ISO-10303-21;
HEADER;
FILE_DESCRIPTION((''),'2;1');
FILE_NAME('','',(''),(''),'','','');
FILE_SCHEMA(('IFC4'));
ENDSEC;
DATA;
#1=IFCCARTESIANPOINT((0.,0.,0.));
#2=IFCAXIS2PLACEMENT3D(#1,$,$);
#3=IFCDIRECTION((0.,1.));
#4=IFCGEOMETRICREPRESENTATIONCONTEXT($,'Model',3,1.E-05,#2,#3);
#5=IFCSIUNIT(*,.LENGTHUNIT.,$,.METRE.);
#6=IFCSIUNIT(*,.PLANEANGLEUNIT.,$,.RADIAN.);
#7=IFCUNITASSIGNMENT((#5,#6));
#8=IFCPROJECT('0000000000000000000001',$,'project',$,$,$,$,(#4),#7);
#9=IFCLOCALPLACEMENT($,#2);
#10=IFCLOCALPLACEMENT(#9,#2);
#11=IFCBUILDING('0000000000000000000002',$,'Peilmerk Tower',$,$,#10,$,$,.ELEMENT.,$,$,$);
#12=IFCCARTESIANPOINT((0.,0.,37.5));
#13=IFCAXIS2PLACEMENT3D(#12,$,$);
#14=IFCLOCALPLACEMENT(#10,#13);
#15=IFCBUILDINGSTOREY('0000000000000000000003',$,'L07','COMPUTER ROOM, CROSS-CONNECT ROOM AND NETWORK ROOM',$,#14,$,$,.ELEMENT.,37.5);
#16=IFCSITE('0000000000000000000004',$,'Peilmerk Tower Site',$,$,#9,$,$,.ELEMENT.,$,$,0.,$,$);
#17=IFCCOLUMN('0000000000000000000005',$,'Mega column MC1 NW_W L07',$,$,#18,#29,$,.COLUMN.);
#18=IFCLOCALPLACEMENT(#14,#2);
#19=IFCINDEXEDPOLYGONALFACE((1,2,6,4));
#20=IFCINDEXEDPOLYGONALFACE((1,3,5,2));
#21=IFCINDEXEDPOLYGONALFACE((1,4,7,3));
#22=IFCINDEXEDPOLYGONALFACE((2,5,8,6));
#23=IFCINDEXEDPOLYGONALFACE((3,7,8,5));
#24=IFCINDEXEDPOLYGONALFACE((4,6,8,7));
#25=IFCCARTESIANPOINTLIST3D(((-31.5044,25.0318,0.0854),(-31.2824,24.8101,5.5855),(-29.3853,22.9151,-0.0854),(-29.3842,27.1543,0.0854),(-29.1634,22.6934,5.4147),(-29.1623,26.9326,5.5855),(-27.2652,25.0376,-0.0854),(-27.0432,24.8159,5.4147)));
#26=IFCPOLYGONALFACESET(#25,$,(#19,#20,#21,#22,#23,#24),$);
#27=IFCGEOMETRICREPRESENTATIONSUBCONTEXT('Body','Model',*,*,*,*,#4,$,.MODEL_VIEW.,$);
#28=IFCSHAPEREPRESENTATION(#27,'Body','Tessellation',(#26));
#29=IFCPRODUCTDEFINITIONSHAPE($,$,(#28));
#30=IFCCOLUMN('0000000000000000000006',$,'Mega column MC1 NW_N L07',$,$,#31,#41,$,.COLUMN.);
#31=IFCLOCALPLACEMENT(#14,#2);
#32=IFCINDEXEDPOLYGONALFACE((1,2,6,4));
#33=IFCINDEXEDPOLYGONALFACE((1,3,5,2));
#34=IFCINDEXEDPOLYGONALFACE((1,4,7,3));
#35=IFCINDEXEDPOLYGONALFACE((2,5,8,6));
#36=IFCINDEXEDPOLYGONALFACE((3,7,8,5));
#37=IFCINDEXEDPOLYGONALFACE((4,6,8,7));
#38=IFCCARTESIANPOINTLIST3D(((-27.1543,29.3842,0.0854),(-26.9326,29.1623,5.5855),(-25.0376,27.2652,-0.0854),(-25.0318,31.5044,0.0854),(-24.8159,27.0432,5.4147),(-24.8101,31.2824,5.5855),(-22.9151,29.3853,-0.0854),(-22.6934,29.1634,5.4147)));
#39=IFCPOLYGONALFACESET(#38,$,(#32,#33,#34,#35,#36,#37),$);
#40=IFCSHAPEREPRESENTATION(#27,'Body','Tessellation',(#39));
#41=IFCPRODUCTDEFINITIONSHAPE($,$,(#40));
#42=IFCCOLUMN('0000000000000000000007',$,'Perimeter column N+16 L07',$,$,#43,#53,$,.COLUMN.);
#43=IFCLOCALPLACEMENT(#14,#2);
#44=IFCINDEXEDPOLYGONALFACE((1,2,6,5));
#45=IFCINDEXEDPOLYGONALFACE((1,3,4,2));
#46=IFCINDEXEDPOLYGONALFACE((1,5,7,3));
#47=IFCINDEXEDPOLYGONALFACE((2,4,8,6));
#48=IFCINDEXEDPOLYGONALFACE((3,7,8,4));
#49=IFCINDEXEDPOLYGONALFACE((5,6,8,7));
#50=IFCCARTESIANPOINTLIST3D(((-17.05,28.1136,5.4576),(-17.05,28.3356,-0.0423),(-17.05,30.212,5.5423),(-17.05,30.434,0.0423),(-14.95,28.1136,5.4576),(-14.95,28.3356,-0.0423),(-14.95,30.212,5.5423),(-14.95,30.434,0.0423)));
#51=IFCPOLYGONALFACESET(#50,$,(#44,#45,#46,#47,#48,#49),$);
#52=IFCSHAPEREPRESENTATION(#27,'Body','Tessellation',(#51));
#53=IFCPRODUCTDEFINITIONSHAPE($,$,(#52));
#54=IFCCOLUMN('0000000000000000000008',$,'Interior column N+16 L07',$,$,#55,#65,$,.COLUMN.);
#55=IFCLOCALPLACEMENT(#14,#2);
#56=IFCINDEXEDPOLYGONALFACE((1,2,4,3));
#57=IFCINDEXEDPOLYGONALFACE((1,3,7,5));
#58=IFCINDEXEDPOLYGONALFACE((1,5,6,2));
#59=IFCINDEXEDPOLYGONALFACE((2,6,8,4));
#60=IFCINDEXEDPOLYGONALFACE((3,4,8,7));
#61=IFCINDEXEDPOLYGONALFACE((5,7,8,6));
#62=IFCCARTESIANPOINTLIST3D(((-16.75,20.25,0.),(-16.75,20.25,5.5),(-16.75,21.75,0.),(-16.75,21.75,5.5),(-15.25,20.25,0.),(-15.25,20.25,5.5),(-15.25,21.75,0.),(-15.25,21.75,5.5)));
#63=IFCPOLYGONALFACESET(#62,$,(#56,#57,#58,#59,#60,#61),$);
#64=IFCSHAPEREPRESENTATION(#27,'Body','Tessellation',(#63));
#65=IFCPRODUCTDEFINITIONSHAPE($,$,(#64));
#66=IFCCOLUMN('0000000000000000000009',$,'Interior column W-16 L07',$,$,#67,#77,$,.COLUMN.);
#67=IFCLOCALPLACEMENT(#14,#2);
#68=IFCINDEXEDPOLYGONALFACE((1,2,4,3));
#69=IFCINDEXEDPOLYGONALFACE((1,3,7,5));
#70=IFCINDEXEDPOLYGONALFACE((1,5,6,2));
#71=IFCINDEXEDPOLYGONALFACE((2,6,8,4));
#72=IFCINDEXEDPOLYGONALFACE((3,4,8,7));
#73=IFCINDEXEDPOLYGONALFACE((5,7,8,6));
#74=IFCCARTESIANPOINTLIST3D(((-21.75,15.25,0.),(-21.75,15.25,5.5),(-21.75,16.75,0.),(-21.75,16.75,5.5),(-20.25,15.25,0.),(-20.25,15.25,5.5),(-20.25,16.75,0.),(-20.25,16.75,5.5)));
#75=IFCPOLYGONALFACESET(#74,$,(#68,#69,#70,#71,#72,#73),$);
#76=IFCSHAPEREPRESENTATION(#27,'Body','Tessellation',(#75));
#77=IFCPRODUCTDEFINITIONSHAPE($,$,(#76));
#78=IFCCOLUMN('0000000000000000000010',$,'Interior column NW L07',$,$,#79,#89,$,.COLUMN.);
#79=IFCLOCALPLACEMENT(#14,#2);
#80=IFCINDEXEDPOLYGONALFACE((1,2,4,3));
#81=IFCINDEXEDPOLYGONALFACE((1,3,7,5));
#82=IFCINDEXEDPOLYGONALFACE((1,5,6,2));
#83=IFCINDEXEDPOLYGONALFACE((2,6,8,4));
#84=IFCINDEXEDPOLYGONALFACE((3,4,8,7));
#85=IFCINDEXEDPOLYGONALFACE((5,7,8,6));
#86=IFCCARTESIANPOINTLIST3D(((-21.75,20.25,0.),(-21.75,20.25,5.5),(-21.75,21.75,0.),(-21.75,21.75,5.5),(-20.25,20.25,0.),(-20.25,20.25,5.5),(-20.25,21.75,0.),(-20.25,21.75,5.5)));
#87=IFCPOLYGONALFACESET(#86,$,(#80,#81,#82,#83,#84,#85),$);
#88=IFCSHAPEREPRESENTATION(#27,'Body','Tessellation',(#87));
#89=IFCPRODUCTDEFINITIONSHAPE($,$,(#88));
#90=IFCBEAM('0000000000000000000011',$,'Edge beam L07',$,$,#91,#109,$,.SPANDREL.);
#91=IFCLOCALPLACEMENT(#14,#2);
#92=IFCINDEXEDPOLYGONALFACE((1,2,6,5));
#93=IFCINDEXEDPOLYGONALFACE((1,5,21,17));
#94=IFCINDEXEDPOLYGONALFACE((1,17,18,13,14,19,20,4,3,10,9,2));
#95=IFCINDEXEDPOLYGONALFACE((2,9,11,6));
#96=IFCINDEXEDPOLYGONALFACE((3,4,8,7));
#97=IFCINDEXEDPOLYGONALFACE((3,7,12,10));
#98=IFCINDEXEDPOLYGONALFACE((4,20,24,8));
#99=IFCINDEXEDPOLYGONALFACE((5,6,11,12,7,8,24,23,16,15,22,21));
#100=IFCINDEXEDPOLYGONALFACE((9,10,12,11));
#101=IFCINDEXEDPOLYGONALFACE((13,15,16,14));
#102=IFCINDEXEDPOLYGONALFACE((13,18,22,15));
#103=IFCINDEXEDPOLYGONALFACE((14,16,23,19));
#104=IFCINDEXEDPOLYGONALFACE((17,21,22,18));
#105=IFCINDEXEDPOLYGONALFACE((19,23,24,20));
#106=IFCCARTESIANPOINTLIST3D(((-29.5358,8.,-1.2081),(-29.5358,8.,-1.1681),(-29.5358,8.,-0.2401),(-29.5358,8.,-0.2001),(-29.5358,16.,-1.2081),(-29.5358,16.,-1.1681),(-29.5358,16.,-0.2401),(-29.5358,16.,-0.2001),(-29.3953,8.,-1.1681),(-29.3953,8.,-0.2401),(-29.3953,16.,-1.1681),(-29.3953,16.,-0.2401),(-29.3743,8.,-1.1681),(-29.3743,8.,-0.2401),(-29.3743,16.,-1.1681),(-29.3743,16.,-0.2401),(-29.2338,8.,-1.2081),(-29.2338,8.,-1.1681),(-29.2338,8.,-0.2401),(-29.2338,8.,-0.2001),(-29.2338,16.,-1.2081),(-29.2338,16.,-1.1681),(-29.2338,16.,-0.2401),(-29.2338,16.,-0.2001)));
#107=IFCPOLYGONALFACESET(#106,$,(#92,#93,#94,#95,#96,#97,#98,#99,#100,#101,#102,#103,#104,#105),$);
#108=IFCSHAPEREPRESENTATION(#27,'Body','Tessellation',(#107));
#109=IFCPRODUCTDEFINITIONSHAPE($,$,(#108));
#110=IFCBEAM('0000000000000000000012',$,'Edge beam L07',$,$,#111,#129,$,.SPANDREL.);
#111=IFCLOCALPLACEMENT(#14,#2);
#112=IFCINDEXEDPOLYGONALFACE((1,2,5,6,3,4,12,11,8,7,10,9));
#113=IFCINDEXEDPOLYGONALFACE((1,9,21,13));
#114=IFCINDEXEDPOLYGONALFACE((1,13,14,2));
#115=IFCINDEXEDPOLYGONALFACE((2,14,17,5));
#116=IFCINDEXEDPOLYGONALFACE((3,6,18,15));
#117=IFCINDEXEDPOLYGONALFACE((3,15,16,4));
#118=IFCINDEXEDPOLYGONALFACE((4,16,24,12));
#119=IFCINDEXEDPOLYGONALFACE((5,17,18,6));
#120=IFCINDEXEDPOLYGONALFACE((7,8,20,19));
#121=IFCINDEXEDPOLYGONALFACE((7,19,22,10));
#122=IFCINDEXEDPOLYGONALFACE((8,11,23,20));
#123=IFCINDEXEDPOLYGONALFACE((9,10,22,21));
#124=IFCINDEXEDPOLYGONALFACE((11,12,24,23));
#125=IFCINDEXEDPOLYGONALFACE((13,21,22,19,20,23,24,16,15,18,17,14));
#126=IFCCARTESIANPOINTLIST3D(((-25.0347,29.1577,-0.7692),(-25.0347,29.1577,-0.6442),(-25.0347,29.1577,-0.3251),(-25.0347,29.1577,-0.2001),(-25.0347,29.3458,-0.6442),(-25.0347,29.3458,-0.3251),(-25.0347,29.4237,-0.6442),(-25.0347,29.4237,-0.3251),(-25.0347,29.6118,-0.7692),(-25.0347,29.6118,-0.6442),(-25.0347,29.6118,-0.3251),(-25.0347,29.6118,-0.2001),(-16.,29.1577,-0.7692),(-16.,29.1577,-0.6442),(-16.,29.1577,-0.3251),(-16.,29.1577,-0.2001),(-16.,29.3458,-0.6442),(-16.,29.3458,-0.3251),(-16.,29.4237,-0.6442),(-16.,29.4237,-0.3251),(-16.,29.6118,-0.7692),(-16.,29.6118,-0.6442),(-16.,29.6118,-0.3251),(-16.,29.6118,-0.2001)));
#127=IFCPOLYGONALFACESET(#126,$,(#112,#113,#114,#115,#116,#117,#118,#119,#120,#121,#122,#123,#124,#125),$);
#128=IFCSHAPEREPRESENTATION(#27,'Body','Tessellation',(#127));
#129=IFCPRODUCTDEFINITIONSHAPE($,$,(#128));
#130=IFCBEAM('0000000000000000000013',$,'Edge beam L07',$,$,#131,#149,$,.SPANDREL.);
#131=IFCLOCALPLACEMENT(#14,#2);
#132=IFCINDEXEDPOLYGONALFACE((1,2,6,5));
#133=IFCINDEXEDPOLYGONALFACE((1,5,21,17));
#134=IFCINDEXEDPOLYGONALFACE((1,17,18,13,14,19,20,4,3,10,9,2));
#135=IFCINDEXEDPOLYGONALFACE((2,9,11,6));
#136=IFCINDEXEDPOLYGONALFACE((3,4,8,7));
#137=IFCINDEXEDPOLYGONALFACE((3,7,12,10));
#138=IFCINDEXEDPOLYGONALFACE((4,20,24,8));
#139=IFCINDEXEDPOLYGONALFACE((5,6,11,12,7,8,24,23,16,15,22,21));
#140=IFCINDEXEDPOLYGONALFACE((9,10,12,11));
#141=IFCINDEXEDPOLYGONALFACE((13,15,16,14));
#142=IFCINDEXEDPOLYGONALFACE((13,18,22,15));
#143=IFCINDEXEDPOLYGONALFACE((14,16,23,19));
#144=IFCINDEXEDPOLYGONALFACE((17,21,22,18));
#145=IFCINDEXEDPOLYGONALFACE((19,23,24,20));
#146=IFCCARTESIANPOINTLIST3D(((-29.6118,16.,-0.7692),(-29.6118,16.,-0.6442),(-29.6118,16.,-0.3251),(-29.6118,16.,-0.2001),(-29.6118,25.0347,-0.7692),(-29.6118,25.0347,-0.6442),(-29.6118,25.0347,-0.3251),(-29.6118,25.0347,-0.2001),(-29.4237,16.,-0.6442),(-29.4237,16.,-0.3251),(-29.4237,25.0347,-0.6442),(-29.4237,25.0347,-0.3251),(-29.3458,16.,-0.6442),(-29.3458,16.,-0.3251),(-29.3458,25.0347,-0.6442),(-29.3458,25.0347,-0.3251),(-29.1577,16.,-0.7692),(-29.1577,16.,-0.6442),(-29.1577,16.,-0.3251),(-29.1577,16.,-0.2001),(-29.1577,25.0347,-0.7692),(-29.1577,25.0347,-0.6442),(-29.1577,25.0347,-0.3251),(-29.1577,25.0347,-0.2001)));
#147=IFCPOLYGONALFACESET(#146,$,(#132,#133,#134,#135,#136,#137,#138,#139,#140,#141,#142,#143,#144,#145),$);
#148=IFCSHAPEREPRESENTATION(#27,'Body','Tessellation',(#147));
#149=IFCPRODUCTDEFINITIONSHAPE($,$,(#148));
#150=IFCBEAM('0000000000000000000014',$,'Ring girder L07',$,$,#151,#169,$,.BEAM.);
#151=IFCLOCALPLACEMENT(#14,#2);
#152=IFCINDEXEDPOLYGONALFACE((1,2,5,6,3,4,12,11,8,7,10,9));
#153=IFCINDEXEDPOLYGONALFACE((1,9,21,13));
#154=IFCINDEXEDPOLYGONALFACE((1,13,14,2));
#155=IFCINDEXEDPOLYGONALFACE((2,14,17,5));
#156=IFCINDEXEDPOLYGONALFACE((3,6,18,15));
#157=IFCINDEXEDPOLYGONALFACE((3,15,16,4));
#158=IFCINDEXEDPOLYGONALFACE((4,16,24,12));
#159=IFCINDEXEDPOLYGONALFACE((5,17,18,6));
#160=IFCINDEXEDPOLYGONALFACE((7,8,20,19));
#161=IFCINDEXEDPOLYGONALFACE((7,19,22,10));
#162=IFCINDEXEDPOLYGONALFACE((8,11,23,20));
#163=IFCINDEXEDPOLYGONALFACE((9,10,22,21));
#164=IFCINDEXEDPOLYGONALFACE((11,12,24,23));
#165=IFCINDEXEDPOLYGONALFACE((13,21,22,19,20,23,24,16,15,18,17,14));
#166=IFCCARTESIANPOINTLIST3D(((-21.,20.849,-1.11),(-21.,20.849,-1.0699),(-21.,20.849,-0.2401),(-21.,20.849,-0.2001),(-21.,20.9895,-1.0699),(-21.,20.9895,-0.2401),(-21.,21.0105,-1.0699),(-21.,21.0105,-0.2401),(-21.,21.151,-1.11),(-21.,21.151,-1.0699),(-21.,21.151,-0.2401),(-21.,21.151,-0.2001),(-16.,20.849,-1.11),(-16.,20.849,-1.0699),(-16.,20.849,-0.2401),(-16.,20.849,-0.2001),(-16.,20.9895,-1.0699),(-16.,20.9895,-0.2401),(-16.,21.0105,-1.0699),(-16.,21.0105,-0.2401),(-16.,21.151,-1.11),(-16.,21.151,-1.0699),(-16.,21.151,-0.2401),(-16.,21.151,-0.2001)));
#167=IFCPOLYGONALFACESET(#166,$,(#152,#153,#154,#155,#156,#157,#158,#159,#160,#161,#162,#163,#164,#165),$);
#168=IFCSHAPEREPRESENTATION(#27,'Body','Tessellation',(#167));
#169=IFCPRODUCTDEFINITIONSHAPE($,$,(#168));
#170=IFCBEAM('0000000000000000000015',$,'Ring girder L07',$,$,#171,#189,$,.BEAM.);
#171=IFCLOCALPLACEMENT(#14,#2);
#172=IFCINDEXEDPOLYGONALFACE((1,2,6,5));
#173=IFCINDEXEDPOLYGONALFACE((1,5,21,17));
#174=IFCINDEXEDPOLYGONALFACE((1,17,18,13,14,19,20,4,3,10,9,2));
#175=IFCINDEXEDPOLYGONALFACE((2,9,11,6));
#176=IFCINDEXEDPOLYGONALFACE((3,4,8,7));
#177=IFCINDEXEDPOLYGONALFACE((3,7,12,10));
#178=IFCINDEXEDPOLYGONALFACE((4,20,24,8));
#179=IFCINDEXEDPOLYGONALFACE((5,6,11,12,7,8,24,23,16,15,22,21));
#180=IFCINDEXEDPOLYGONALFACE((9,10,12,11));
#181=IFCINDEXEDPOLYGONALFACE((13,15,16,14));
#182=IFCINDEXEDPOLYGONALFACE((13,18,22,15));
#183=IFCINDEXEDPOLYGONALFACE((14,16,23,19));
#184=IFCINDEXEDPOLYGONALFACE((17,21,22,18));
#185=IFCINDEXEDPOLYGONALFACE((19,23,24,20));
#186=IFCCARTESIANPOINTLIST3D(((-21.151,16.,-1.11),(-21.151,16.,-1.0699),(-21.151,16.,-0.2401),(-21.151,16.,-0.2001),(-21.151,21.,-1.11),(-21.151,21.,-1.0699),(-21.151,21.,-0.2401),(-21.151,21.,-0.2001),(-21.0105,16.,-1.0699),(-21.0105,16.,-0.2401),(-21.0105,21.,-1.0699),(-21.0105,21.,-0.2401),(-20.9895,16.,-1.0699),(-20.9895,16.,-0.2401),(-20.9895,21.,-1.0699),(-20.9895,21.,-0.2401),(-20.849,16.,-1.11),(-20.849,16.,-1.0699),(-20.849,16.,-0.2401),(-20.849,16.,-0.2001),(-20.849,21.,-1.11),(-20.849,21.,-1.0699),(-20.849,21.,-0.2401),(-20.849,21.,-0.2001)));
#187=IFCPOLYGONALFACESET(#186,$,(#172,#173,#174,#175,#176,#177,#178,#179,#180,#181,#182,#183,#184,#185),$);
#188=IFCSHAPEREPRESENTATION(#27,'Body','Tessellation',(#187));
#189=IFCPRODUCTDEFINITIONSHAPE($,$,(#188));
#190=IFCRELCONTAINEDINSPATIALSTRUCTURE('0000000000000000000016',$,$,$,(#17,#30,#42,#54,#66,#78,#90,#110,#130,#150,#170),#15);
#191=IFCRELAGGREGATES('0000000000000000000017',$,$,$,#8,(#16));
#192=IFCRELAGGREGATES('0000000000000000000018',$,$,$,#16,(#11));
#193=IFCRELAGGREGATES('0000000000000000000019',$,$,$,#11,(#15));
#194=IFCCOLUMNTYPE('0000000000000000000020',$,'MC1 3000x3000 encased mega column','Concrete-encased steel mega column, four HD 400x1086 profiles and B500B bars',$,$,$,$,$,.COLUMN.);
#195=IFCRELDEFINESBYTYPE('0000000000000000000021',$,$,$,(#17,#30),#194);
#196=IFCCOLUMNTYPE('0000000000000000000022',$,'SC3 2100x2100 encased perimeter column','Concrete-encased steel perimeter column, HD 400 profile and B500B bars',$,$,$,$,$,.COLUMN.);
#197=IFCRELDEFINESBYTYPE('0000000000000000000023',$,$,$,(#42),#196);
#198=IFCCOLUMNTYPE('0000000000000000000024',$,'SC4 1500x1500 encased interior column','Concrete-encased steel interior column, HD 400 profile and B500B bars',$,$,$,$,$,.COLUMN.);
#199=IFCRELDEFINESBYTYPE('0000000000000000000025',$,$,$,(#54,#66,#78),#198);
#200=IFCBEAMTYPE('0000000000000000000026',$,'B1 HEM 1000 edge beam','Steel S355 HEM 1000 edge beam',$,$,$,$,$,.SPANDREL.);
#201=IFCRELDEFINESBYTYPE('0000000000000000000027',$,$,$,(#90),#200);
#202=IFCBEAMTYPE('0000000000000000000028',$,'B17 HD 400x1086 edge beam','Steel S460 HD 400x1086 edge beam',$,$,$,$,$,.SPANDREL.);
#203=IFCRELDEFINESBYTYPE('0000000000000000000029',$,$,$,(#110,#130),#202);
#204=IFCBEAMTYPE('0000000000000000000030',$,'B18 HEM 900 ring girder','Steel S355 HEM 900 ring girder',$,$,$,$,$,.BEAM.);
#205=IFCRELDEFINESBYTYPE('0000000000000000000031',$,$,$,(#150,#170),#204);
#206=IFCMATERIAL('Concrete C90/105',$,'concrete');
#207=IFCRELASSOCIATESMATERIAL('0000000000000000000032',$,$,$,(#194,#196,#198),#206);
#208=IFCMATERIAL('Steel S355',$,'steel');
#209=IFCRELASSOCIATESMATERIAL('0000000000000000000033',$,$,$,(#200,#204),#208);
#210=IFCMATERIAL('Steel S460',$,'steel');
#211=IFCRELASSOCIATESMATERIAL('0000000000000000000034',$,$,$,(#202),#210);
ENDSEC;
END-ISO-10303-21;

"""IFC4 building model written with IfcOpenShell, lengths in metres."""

from ifc_helpers import new_model, si_unit, direction, frame, origin, origin_2d, place, context, subcontext, project, spatial, rectangle, i_section, extrude, material, material_profile, profile_set, type_object, element, save


model = new_model("IFC4")

# Units and contexts
model_context = context("Model", 3, precision=1e-05, world=origin(), true_north=direction((0.0, 1.0)))
body_context = subcontext(model_context, "Body", "Model", "MODEL_VIEW")
ifc_project = project(units=[si_unit("LENGTHUNIT", "METRE"), si_unit("PLANEANGLEUNIT", "RADIAN")], contexts=[model_context])

# Site, building, storey
site_placement = place(None, origin())
site = spatial("IfcSite", under=ifc_project, at=site_placement, Name="Peilmerk Tower Site", CompositionType="ELEMENT", RefElevation=0.0)
building_placement = place(site_placement, origin())
building = spatial("IfcBuilding", under=site, at=building_placement, Name="Peilmerk Tower", CompositionType="ELEMENT")
storey_placement = place(building_placement, frame((0.0, 0.0, 37.5)))
storey = spatial("IfcBuildingStorey", under=building, at=storey_placement, Name="L07", Description="COMPUTER ROOM, CROSS-CONNECT ROOM AND NETWORK ROOM", CompositionType="ELEMENT", Elevation=37.5)

# Columns
ifc_material_1 = material(Name="Concrete C90/105", Category="concrete")
ifc_material_profile_1 = material_profile(ifc_material_1, rectangle(XDim=3.0, YDim=3.0, at=origin_2d()), Name="RC 3000x3000")
ifc_profile_set_1 = profile_set([ifc_material_profile_1], Name="Concrete C90/105")
column_type_1 = type_object("IfcColumnType", Name="MC1 3000x3000 encased mega column", Description="Concrete-encased steel mega column, four HD 400x1086 profiles and B500B bars", PredefinedType="COLUMN", material=ifc_profile_set_1)
for number, where, z_axis, x_axis, name in (
    (1, (-29.3848, 25.0347, 0.0), (0.040284, -0.04024, 0.998378), (0.706718, 0.707496, 0.0), "Mega column MC1 NW_W L07"),
    (2, (-25.0347, 29.3848, 0.0), (0.04024, -0.040284, 0.998378), (0.707496, 0.706718, 0.0), "Mega column MC1 NW_N L07"),
):
    element("IfcColumn", number, at=place(storey_placement, frame(where, z_axis=z_axis, x_axis=x_axis)), inside=storey, type_object=column_type_1, Name=name, PredefinedType="COLUMN", context=body_context, shape_type="SweptSolid", body=[
        extrude(rectangle(XDim=3.0, YDim=3.0, at=origin_2d()), origin(), (0.0, 0.0, 1.0), 5.509),
    ])
ifc_material_profile_2 = material_profile(ifc_material_1, rectangle(XDim=2.1001, YDim=2.1001, at=origin_2d()), Name="RC 2100x2100")
ifc_profile_set_2 = profile_set([ifc_material_profile_2], Name="Concrete C90/105")
column_type_2 = type_object("IfcColumnType", Name="SC3 2100x2100 encased perimeter column", Description="Concrete-encased steel perimeter column, HD 400 profile and B500B bars", PredefinedType="COLUMN", material=ifc_profile_set_2)
column_placement = place(storey_placement, frame((-16.0, 29.3848, 0.0), z_axis=(0.0, -0.040317, 0.999187), x_axis=(1.0, 0.0, 0.0)))
element("IfcColumn", 3, at=column_placement, inside=storey, type_object=column_type_2, Name="Perimeter column N+16 L07", PredefinedType="COLUMN", context=body_context, shape_type="SweptSolid", body=[
    extrude(rectangle(XDim=2.1001, YDim=2.1001, at=origin_2d()), origin(), (0.0, 0.0, 1.0), 5.5044),
])
ifc_material_profile_3 = material_profile(ifc_material_1, rectangle(XDim=1.5, YDim=1.5, at=origin_2d()), Name="RC 1500x1500")
ifc_profile_set_3 = profile_set([ifc_material_profile_3], Name="Concrete C90/105")
column_type_3 = type_object("IfcColumnType", Name="SC4 1500x1500 encased interior column", Description="Concrete-encased steel interior column, HD 400 profile and B500B bars", PredefinedType="COLUMN", material=ifc_profile_set_3)
for number, where, z_axis, x_axis, name in (
    (4, (-16.0, 21.0, 0.0), (0.0, 0.0, 1.0), (1.0, 0.0, 0.0), "Interior column N+16 L07"),
    (5, (-21.0, 16.0, 0.0), (0.0, 0.0, 1.0), (1.0, 0.0, 0.0), "Interior column W-16 L07"),
    (6, (-21.0, 21.0, 0.0), (0.0, 0.0, 1.0), (1.0, 0.0, 0.0), "Interior column NW L07"),
):
    element("IfcColumn", number, at=place(storey_placement, frame(where, z_axis=z_axis, x_axis=x_axis)), inside=storey, type_object=column_type_3, Name=name, PredefinedType="COLUMN", context=body_context, shape_type="SweptSolid", body=[
        extrude(rectangle(XDim=1.5, YDim=1.5, at=origin_2d()), origin(), (0.0, 0.0, 1.0), 5.5),
    ])

# Beams
ifc_material_2 = material(Name="Steel S355", Category="steel")
ifc_material_profile_4 = material_profile(ifc_material_2, i_section(OverallWidth=0.302, OverallDepth=1.0081, WebThickness=0.021, FlangeThickness=0.04, at=origin_2d()), Name="HEM 1000")
ifc_profile_set_4 = profile_set([ifc_material_profile_4], Name="Steel S355")
beam_type_1 = type_object("IfcBeamType", Name="B1 HEM 1000 edge beam", Description="Steel S355 HEM 1000 edge beam", PredefinedType="SPANDREL", material=ifc_profile_set_4)
beam_1_placement = place(storey_placement, frame((-29.3848, 16.0, -0.7041), z_axis=(0.0, -1.0, 0.0), x_axis=(1.0, 0.0, 0.0)))
element("IfcBeam", 7, at=beam_1_placement, inside=storey, type_object=beam_type_1, Name="Edge beam L07", PredefinedType="SPANDREL", context=body_context, shape_type="SweptSolid", body=[
    extrude(i_section(OverallWidth=0.302, OverallDepth=1.0081, WebThickness=0.021, FlangeThickness=0.04, at=origin_2d()), origin(), (0.0, 0.0, 1.0), 8.0),
])
ifc_material_3 = material(Name="Steel S460", Category="steel")
ifc_material_profile_5 = material_profile(ifc_material_3, i_section(OverallWidth=0.4541, OverallDepth=0.5691, WebThickness=0.0779, FlangeThickness=0.125, at=origin_2d()), Name="HD 400x1086")
ifc_profile_set_5 = profile_set([ifc_material_profile_5], Name="Steel S460")
beam_type_2 = type_object("IfcBeamType", Name="B17 HD 400x1086 edge beam", Description="Steel S460 HD 400x1086 edge beam", PredefinedType="SPANDREL", material=ifc_profile_set_5)
for number, where, z_axis, x_axis, name in (
    (8, (-16.0, 29.3848, -0.4846), (-1.0, 0.0, 0.0), (0.0, -1.0, 0.0), "Edge beam L07"),
    (9, (-29.3848, 25.0347, -0.4846), (0.0, -1.0, 0.0), (1.0, 0.0, 0.0), "Edge beam L07"),
):
    element("IfcBeam", number, at=place(storey_placement, frame(where, z_axis=z_axis, x_axis=x_axis)), inside=storey, type_object=beam_type_2, Name=name, PredefinedType="SPANDREL", context=body_context, shape_type="SweptSolid", body=[
        extrude(i_section(OverallWidth=0.4541, OverallDepth=0.5691, WebThickness=0.0779, FlangeThickness=0.125, at=origin_2d()), origin(), (0.0, 0.0, 1.0), 9.0347),
    ])
ifc_material_profile_6 = material_profile(ifc_material_2, i_section(OverallWidth=0.302, OverallDepth=0.9099, WebThickness=0.021, FlangeThickness=0.04, at=origin_2d()), Name="HEM 900")
ifc_profile_set_6 = profile_set([ifc_material_profile_6], Name="Steel S355")
beam_type_3 = type_object("IfcBeamType", Name="B18 HEM 900 ring girder", Description="Steel S355 HEM 900 ring girder", PredefinedType="BEAM", material=ifc_profile_set_6)
for number, where, z_axis, x_axis, name in (
    (10, (-16.0, 21.0, -0.655), (-1.0, 0.0, 0.0), (0.0, -1.0, 0.0), "Ring girder L07"),
    (11, (-21.0, 21.0, -0.655), (0.0, -1.0, 0.0), (1.0, 0.0, 0.0), "Ring girder L07"),
):
    element("IfcBeam", number, at=place(storey_placement, frame(where, z_axis=z_axis, x_axis=x_axis)), inside=storey, type_object=beam_type_3, Name=name, PredefinedType="BEAM", context=body_context, shape_type="SweptSolid", body=[
        extrude(i_section(OverallWidth=0.302, OverallDepth=0.9099, WebThickness=0.021, FlangeThickness=0.04, at=origin_2d()), origin(), (0.0, 0.0, 1.0), 5.0),
    ])

save(model, "model.ifc")
